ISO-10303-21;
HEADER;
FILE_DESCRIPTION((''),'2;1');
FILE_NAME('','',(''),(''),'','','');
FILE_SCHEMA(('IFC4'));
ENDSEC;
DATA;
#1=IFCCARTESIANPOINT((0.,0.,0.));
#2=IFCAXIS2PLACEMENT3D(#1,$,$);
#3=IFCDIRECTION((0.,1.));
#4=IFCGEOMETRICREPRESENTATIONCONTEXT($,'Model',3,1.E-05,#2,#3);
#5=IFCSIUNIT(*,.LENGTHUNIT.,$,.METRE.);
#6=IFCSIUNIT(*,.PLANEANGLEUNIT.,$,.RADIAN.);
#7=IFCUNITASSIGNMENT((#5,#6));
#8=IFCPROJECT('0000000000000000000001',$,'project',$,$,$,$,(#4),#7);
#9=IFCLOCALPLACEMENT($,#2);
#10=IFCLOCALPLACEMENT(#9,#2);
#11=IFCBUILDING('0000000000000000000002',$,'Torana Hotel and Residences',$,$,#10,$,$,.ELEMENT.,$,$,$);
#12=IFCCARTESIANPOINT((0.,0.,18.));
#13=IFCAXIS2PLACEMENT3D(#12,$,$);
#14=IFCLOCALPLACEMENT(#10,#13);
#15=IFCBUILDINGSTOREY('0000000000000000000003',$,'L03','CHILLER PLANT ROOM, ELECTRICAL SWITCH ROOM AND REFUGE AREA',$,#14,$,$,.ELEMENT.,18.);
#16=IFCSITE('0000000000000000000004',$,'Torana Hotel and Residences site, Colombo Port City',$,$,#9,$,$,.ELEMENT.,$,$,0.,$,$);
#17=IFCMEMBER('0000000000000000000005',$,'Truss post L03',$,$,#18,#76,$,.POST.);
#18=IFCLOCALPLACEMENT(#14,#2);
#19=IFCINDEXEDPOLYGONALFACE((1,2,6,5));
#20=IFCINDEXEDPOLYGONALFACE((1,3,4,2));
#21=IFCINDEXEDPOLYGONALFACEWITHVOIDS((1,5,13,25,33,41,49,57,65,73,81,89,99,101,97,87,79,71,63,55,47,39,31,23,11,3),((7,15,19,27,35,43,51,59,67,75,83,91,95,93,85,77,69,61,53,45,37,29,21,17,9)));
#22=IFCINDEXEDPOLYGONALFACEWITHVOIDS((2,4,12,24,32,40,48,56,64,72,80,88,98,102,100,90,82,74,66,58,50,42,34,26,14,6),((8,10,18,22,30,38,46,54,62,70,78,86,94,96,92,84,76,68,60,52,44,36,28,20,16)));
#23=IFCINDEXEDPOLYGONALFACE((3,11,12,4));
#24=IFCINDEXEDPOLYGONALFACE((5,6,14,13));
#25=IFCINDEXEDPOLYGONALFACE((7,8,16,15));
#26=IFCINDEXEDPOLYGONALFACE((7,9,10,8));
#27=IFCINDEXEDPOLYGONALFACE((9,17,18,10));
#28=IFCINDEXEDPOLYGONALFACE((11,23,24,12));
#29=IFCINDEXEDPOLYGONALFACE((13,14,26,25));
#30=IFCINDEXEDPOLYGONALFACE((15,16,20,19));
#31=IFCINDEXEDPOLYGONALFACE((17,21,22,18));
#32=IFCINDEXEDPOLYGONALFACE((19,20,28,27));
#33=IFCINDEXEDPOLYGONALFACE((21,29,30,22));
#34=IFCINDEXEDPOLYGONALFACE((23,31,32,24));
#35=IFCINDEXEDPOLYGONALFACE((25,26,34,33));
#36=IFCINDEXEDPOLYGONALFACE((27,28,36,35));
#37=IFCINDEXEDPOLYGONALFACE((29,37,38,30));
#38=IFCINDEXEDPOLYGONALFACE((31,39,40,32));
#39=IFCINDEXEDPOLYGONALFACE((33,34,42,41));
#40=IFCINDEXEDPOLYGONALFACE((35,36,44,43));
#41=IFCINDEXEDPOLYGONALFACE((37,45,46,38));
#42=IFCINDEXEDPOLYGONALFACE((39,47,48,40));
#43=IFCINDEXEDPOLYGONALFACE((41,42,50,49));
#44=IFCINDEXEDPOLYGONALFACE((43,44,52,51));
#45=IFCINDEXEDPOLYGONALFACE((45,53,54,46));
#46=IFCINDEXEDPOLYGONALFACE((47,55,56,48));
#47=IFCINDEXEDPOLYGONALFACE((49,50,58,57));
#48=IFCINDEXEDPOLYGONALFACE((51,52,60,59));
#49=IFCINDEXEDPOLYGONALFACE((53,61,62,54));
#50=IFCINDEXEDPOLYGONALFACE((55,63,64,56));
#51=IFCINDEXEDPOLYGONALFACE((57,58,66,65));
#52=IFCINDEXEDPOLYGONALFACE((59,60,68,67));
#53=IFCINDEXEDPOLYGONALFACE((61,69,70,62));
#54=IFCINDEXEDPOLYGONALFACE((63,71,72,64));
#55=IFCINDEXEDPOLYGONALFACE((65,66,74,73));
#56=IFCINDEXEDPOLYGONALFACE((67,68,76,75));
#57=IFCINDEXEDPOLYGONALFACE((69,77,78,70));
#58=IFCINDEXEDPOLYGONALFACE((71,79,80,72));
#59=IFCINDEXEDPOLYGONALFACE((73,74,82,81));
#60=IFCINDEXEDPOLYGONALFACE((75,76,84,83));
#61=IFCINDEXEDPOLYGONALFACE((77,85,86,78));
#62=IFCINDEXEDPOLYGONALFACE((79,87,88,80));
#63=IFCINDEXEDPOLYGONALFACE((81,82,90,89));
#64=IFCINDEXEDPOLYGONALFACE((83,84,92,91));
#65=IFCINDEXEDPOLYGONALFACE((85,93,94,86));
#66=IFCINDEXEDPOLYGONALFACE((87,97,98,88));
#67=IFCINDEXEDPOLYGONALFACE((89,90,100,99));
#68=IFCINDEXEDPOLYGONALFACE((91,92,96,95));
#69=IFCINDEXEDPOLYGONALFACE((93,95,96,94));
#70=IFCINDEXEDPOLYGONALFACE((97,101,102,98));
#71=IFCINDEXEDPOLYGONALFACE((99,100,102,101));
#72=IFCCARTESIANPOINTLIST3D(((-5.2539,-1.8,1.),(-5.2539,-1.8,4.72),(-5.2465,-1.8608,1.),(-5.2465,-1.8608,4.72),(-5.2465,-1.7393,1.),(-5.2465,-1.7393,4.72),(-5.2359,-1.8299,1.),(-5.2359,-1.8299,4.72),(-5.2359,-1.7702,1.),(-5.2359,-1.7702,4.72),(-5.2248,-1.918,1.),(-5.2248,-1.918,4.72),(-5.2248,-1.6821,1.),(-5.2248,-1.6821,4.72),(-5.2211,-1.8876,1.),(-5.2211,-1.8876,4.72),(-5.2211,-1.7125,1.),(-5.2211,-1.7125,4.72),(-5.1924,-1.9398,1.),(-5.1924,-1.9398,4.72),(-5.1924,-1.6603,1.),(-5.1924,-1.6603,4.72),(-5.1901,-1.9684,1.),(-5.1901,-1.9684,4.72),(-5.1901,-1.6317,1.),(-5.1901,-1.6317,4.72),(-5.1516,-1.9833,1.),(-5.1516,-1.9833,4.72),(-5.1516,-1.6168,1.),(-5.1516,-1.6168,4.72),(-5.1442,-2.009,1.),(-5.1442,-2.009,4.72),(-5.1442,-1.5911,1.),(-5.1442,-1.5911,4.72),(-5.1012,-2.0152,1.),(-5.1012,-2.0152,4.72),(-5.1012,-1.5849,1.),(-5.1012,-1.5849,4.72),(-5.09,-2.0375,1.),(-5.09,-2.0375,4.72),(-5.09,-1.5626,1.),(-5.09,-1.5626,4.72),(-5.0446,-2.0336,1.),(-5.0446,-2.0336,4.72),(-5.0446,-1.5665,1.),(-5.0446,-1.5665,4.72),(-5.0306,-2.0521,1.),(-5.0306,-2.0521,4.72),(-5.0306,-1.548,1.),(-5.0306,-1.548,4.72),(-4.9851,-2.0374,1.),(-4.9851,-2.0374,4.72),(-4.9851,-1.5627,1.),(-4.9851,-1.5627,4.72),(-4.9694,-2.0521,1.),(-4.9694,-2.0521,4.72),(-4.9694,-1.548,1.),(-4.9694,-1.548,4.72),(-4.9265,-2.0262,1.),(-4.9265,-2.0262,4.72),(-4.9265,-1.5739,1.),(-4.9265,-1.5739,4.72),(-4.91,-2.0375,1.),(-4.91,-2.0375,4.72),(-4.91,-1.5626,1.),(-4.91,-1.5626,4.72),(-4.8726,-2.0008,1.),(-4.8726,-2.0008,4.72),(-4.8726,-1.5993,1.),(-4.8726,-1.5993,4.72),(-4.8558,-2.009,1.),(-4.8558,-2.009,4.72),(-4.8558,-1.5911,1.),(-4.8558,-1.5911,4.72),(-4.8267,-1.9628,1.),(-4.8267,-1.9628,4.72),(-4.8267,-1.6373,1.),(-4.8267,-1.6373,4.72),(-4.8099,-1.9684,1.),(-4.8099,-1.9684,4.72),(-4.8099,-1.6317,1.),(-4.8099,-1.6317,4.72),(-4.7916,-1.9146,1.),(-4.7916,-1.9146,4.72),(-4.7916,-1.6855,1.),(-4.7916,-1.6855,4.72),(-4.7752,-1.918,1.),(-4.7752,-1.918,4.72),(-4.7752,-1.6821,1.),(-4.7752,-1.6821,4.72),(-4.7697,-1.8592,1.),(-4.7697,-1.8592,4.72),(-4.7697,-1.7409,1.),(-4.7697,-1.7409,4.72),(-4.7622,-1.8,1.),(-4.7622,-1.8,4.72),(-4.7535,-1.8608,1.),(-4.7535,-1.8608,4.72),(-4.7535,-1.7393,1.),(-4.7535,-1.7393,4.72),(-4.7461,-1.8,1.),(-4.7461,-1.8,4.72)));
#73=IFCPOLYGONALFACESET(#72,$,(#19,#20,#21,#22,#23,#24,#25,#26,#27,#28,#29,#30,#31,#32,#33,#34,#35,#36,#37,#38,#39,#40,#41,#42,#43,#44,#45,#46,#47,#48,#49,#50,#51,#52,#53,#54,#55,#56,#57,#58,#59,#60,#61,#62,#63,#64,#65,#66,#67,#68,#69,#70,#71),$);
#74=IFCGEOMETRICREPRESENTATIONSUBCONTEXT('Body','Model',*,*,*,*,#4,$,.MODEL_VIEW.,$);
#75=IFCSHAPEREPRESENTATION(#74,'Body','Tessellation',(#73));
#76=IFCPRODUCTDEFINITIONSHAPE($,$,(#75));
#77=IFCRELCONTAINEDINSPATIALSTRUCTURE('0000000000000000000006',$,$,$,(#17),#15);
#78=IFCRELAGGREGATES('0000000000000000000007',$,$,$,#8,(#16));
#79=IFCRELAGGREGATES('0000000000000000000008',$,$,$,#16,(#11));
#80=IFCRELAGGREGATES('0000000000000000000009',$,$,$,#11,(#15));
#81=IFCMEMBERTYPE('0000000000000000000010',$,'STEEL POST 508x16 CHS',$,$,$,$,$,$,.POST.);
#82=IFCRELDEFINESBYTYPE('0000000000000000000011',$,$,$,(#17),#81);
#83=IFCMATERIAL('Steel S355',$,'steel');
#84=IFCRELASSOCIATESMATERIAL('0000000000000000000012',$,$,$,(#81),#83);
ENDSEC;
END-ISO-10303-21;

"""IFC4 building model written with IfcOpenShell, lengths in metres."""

from ifc_helpers import new_model, si_unit, direction, frame, origin, origin_2d, place, context, subcontext, project, spatial, hollow_circle, extrude, material, material_profile, profile_set, type_object, element, save


model = new_model("IFC4")

# Units and contexts
model_context = context("Model", 3, precision=1e-05, world=origin(), true_north=direction((0.0, 1.0)))
body_context = subcontext(model_context, "Body", "Model", "MODEL_VIEW")
ifc_project = project(units=[si_unit("LENGTHUNIT", "METRE"), si_unit("PLANEANGLEUNIT", "RADIAN")], contexts=[model_context])

# Site, building, storey
site_placement = place(None, origin())
site = spatial("IfcSite", under=ifc_project, at=site_placement, Name="Torana Hotel and Residences site, Colombo Port City", CompositionType="ELEMENT", RefElevation=0.0)
building_placement = place(site_placement, origin())
building = spatial("IfcBuilding", under=site, at=building_placement, Name="Torana Hotel and Residences", CompositionType="ELEMENT")
storey_placement = place(building_placement, frame((0.0, 0.0, 18.0)))
storey = spatial("IfcBuildingStorey", under=building, at=storey_placement, Name="L03", Description="CHILLER PLANT ROOM, ELECTRICAL SWITCH ROOM AND REFUGE AREA", CompositionType="ELEMENT", Elevation=18.0)

# Member
ifc_material_1 = material(Name="Steel S355", Category="steel")
ifc_material_profile_1 = material_profile(ifc_material_1, hollow_circle(Radius=0.2539, WallThickness=0.0161, at=origin_2d()), Name="508x16 CHS")
ifc_profile_set_1 = profile_set([ifc_material_profile_1], Name="Steel S355")
member_type_1 = type_object("IfcMemberType", Name="STEEL POST 508x16 CHS", PredefinedType="POST", material=ifc_profile_set_1)
for number, where, z_axis, x_axis, name in (
    (1, (-5.0, -1.8, 1.0), (0.0, 0.0, 1.0), (1.0, 0.0, 0.0), "Truss post L03"),
):
    element("IfcMember", number, at=place(storey_placement, frame(where, z_axis=z_axis, x_axis=x_axis)), inside=storey, type_object=member_type_1, Name=name, PredefinedType="POST", context=body_context, shape_type="SweptSolid", body=[
        extrude(hollow_circle(Radius=0.2539, WallThickness=0.0161, at=origin_2d()), origin(), (0.0, 0.0, 1.0), 3.72),
    ])

save(model, "model.ifc")
